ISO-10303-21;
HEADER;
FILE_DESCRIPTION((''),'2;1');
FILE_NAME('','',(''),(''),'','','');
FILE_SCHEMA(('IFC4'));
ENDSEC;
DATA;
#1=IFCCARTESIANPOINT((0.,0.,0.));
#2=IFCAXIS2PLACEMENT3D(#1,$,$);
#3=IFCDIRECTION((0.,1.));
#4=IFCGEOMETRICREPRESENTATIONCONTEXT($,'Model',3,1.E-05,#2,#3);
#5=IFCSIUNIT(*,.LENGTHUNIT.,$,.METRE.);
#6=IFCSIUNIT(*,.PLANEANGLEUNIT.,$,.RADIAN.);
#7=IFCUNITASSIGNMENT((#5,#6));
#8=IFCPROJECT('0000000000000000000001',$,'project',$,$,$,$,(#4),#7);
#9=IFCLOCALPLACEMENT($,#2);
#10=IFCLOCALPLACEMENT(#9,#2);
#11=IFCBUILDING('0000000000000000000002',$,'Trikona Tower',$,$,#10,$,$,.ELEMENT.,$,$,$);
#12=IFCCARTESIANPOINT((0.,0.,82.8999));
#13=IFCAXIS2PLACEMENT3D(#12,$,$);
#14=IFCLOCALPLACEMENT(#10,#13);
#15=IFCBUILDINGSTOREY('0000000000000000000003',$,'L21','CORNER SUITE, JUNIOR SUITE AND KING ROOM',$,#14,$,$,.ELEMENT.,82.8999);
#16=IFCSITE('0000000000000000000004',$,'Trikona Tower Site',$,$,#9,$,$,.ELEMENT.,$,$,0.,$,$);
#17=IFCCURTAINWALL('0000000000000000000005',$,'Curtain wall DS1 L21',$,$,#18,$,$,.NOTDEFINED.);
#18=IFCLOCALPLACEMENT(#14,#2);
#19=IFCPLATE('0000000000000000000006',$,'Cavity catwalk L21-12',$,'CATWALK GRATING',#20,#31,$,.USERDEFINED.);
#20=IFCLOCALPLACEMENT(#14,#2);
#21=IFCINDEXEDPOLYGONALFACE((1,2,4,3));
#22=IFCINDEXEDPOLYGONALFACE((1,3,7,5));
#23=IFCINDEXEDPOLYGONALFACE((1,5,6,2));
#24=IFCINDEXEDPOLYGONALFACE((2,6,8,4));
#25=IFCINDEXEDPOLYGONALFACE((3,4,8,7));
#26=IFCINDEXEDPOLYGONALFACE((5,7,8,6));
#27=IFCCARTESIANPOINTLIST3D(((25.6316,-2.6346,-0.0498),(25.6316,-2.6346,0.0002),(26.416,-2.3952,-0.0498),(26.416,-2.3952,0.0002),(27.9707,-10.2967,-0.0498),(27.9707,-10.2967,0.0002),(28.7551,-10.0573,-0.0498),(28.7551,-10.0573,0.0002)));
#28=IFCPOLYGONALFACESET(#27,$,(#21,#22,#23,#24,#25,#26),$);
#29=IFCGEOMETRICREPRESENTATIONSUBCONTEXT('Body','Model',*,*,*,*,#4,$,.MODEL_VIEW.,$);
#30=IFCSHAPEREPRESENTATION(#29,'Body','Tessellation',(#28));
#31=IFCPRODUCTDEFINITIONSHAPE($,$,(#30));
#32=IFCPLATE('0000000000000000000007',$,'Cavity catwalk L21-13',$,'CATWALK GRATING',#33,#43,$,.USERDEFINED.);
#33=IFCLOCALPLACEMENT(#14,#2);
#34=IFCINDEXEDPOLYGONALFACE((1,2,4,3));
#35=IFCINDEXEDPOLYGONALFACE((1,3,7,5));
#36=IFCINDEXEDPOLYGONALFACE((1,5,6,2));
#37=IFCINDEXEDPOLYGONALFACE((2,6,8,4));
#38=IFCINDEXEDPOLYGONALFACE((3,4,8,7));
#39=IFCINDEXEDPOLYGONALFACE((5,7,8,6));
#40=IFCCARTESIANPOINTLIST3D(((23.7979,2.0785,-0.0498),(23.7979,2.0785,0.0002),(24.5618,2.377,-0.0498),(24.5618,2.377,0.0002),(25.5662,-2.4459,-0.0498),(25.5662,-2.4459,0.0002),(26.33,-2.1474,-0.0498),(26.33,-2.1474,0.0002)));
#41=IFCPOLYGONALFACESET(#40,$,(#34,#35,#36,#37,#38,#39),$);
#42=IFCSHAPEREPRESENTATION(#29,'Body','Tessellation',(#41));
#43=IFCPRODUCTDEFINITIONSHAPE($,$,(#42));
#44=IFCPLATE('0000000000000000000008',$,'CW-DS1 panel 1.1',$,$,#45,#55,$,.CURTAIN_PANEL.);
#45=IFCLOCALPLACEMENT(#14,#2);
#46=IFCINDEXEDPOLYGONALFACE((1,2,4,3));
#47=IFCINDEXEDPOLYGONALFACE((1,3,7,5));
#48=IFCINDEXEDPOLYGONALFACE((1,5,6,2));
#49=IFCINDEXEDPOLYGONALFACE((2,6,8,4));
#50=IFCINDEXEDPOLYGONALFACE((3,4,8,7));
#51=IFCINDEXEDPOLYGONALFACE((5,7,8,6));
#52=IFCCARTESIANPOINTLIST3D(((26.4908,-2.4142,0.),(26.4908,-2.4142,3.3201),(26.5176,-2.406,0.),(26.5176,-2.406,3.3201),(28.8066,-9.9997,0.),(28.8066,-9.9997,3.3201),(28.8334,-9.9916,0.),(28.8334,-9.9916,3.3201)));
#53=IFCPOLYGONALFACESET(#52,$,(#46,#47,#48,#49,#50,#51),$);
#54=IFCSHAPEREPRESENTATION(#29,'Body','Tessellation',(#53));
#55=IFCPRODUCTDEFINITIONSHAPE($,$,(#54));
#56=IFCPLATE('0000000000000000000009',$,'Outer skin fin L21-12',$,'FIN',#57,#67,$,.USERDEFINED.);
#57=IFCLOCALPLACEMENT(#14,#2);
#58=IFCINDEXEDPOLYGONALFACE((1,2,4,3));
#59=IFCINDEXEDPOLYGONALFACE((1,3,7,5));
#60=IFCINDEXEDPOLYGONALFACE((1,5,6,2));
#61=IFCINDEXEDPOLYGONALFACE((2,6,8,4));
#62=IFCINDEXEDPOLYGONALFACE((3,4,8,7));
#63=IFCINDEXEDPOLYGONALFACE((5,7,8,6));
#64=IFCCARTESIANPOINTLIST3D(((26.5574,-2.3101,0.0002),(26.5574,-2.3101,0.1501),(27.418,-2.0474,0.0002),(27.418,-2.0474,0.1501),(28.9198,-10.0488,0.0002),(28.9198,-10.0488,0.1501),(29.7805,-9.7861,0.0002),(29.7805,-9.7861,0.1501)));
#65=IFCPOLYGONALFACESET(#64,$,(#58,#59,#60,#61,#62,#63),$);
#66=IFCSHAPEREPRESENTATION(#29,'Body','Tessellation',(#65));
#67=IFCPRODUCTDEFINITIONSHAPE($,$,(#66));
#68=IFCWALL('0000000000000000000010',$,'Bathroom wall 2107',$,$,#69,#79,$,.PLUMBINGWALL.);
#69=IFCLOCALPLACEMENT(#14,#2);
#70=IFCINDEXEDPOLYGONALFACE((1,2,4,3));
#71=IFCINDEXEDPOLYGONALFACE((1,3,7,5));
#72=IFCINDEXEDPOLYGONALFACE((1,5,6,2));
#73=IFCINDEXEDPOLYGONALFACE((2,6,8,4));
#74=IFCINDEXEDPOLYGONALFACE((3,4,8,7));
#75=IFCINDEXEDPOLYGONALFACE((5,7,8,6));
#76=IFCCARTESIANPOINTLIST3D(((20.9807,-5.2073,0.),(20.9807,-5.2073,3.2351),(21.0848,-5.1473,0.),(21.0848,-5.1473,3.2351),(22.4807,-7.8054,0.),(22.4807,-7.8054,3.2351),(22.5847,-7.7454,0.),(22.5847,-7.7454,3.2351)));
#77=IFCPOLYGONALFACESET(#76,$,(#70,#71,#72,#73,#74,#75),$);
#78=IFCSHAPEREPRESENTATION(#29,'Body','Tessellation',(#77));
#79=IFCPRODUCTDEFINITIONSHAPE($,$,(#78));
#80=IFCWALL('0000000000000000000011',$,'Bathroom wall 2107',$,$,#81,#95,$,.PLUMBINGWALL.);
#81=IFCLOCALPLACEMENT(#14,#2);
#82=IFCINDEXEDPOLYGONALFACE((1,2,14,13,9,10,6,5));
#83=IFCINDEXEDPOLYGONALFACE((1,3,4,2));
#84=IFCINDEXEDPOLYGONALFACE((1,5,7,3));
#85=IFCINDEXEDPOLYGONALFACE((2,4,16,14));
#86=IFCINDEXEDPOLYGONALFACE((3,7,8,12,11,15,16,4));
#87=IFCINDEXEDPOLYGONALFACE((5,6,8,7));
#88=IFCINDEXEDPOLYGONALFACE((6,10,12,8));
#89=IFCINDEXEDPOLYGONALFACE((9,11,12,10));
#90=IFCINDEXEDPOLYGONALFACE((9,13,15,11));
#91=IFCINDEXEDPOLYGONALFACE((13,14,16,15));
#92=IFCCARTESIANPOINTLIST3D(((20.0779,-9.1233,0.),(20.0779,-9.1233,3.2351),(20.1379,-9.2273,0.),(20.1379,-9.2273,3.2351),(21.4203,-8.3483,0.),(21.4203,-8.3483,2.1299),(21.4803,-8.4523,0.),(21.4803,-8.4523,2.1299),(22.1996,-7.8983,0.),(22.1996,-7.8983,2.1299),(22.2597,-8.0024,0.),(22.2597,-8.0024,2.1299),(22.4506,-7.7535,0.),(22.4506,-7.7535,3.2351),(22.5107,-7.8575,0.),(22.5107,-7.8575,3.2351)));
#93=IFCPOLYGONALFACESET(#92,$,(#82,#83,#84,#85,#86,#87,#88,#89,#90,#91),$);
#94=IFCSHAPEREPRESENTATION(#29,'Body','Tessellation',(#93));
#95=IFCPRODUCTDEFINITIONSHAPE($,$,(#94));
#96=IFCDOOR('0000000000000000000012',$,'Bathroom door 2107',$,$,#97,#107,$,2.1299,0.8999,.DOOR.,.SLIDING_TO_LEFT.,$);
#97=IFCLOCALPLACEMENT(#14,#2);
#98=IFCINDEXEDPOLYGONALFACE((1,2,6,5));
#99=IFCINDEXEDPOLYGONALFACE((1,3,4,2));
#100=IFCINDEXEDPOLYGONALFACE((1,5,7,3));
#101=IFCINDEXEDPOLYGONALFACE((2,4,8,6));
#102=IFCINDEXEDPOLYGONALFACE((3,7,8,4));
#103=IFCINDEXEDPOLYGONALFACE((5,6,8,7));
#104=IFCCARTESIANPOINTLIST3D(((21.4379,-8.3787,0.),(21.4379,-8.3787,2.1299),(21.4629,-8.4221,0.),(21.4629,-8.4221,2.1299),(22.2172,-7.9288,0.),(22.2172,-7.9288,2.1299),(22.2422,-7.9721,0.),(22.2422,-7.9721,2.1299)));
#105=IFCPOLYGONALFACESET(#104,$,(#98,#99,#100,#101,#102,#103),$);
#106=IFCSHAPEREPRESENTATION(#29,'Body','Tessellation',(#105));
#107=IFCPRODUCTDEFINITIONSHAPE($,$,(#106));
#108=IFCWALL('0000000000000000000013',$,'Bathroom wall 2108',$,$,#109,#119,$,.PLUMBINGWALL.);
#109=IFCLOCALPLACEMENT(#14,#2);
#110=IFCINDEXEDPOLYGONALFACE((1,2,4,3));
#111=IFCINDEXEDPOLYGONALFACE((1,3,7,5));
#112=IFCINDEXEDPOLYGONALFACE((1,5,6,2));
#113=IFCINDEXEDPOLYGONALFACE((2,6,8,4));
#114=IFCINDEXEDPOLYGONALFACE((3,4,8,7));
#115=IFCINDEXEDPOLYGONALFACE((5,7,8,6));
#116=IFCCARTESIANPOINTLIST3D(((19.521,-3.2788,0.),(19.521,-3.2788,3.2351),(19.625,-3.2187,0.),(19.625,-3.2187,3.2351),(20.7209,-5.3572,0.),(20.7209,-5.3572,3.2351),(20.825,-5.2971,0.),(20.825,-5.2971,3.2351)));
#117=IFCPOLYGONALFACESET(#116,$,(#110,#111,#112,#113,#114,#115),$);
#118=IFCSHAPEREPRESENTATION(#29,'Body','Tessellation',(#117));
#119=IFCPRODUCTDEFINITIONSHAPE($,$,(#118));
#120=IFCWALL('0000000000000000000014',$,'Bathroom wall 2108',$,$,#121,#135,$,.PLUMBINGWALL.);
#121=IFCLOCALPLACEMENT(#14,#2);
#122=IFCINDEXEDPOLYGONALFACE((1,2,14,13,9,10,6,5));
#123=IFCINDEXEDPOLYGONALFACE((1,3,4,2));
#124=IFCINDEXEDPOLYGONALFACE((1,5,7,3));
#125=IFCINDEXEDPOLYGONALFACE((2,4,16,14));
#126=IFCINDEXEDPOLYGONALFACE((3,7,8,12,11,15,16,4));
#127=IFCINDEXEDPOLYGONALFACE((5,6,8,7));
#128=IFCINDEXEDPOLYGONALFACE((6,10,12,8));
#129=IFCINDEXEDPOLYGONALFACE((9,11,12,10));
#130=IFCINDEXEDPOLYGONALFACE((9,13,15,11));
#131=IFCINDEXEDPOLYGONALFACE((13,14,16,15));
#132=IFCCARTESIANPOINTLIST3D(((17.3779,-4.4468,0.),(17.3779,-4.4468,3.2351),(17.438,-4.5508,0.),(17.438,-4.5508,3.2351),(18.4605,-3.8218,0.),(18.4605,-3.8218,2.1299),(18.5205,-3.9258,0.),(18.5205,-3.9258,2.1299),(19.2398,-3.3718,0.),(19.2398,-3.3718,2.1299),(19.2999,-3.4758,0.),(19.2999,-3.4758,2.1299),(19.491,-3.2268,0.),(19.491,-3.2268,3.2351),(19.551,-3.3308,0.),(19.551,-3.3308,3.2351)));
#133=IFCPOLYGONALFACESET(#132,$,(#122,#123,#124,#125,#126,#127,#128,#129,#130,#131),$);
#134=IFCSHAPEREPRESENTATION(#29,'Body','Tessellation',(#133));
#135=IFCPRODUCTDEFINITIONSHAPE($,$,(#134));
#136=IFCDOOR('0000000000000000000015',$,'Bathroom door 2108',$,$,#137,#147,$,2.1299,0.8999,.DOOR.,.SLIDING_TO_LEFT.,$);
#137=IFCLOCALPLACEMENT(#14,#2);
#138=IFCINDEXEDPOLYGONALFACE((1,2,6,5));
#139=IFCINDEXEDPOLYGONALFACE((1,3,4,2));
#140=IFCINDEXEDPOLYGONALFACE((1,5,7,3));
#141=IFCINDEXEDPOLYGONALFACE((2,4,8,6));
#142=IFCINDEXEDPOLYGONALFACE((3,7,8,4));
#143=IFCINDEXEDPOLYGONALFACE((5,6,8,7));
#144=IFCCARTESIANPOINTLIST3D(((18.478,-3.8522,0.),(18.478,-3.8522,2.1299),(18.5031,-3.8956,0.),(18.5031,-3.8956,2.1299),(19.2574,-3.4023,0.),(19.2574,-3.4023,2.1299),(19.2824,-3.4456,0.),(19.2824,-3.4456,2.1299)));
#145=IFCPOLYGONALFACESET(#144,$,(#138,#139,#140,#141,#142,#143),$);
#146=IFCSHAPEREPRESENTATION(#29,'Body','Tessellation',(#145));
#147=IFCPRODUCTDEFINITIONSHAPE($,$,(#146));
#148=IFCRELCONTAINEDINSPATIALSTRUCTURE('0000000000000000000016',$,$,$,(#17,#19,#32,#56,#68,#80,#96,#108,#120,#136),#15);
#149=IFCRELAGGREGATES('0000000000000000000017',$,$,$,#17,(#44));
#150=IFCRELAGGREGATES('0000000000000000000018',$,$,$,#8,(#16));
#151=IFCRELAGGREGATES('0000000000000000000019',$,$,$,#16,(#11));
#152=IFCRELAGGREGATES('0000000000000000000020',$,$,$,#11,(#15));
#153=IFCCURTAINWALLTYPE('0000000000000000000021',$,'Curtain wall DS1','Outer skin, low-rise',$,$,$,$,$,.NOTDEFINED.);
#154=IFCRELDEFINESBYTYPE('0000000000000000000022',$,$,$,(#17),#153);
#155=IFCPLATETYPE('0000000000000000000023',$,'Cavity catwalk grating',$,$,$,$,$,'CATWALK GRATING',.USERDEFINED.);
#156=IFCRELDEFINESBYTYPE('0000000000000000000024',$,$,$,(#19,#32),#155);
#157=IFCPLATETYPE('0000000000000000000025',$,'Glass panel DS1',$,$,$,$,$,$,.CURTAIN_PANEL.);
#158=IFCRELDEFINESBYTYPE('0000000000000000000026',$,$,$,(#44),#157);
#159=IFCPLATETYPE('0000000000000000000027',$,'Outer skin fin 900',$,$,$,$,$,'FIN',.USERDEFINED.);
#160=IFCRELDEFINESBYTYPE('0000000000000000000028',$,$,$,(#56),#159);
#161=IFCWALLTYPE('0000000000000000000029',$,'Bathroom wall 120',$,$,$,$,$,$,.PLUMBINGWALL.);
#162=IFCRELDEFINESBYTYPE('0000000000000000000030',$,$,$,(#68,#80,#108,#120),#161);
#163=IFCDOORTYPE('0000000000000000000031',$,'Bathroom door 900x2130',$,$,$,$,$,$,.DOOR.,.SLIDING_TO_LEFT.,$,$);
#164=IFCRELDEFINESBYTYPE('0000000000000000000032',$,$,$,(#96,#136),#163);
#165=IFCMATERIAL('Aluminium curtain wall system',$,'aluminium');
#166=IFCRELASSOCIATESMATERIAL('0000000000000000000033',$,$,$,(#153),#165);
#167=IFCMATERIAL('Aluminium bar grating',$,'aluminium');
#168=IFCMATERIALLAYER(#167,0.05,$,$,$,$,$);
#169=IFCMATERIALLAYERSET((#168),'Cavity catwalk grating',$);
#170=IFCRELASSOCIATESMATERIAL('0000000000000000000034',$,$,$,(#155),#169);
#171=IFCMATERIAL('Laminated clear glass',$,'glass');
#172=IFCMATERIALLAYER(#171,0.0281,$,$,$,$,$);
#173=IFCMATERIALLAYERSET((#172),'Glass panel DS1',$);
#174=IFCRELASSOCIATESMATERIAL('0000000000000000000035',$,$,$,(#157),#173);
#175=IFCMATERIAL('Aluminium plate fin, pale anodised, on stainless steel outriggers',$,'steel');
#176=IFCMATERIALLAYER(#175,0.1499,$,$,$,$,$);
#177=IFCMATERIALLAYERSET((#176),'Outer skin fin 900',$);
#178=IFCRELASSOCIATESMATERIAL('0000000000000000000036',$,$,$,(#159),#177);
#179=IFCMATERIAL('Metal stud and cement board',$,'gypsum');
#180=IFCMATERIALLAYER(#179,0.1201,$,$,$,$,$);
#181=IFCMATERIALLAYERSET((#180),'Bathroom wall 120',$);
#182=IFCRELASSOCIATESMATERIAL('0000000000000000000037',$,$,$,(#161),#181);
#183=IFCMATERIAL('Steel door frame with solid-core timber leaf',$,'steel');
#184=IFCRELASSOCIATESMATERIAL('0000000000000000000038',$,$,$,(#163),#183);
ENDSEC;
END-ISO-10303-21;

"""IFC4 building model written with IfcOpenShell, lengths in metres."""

from ifc_helpers import new_model, si_unit, direction, frame, frame_2d, origin, origin_2d, place, context, subcontext, project, spatial, rectangle, extrude, material, layer, layer_set, type_object, element, fill, aggregate, save


model = new_model("IFC4")

# Units and contexts
model_context = context("Model", 3, precision=1e-05, world=origin(), true_north=direction((0.0, 1.0)))
body_context = subcontext(model_context, "Body", "Model", "MODEL_VIEW")
ifc_project = project(units=[si_unit("LENGTHUNIT", "METRE"), si_unit("PLANEANGLEUNIT", "RADIAN")], contexts=[model_context])

# Site, building, storey
site_placement = place(None, origin())
site = spatial("IfcSite", under=ifc_project, at=site_placement, Name="Trikona Tower Site", CompositionType="ELEMENT", RefElevation=0.0)
building_placement = place(site_placement, origin())
building = spatial("IfcBuilding", under=site, at=building_placement, Name="Trikona Tower", CompositionType="ELEMENT")
storey_placement = place(building_placement, frame((0.0, 0.0, 82.8999)))
storey = spatial("IfcBuildingStorey", under=building, at=storey_placement, Name="L21", Description="CORNER SUITE, JUNIOR SUITE AND KING ROOM", CompositionType="ELEMENT", Elevation=82.8999)

# Curtain wall
ifc_material_1 = material(Name="Aluminium curtain wall system", Category="aluminium")
curtain_wall_type = type_object("IfcCurtainWallType", Name="Curtain wall DS1", Description="Outer skin, low-rise", PredefinedType="NOTDEFINED", material=ifc_material_1)
curtain_wall_1_placement = place(storey_placement, origin())
curtain_wall_1 = element("IfcCurtainWall", 1, at=curtain_wall_1_placement, inside=storey, type_object=curtain_wall_type, Name="Curtain wall DS1 L21", PredefinedType="NOTDEFINED")

# Plates
ifc_material_2 = material(Name="Aluminium bar grating", Category="aluminium")
ifc_layer_1 = layer(ifc_material_2, 0.05)
ifc_layer_set_1 = layer_set([ifc_layer_1], Name="Cavity catwalk grating")
plate_type_1 = type_object("IfcPlateType", Name="Cavity catwalk grating", ElementType="CATWALK GRATING", PredefinedType="USERDEFINED", material=ifc_layer_set_1)
plate_1_placement = place(storey_placement, frame((27.1934, -6.3459, -0.0498), z_axis=(0.0, 0.0, 1.0), x_axis=(-0.291979, 0.956425, 0.0)))
element("IfcPlate", 2, at=plate_1_placement, inside=storey, type_object=plate_type_1, Name="Cavity catwalk L21-12", ObjectType="CATWALK GRATING", PredefinedType="USERDEFINED", context=body_context, shape_type="SweptSolid", body=[
    extrude(rectangle(XDim=8.0112, YDim=0.8201, at=origin_2d()), origin(), (0.0, 0.0, 1.0), 0.05),
])
plate_2_placement = place(storey_placement, frame((25.064, -0.0344, -0.0498), z_axis=(0.0, 0.0, 1.0), x_axis=(-0.364009, 0.931395, 0.0)))
element("IfcPlate", 3, at=plate_2_placement, inside=storey, type_object=plate_type_1, Name="Cavity catwalk L21-13", ObjectType="CATWALK GRATING", PredefinedType="USERDEFINED", context=body_context, shape_type="SweptSolid", body=[
    extrude(rectangle(XDim=4.8577, YDim=0.8201, at=origin_2d()), origin(), (0.0, 0.0, 1.0), 0.05),
])

# Plates
ifc_material_3 = material(Name="Laminated clear glass", Category="glass")
ifc_layer_2 = layer(ifc_material_3, 0.0281)
ifc_layer_set_2 = layer_set([ifc_layer_2], Name="Glass panel DS1")
plate_type_2 = type_object("IfcPlateType", Name="Glass panel DS1", PredefinedType="CURTAIN_PANEL", material=ifc_layer_set_2)
plate_3_placement = place(storey_placement, frame((27.6621, -6.2029, 0.0), z_axis=(0.0, 0.0, 1.0), x_axis=(-0.291984, 0.956423, 0.0)))
plate_3 = element("IfcPlate", 4, at=plate_3_placement, type_object=plate_type_2, Name="CW-DS1 panel 1.1", PredefinedType="CURTAIN_PANEL", context=body_context, shape_type="SweptSolid", body=[
    extrude(rectangle(XDim=7.9312, YDim=0.0281, at=origin_2d()), origin(), (0.0, 0.0, 1.0), 3.3201),
])
aggregate(curtain_wall_1, [plate_3])
ifc_material_4 = material(Name="Aluminium plate fin, pale anodised, on stainless steel outriggers", Category="steel")
ifc_layer_3 = layer(ifc_material_4, 0.1499)
ifc_layer_set_3 = layer_set([ifc_layer_3], Name="Outer skin fin 900")
plate_type_3 = type_object("IfcPlateType", Name="Outer skin fin 900", ElementType="FIN", PredefinedType="USERDEFINED", material=ifc_layer_set_3)
plate_4_placement = place(storey_placement, frame((28.1689, -6.0481, 0.0002), z_axis=(0.0, 0.0, 1.0), x_axis=(-0.291979, 0.956425, 0.0)))
element("IfcPlate", 5, at=plate_4_placement, inside=storey, type_object=plate_type_3, Name="Outer skin fin L21-12", ObjectType="FIN", PredefinedType="USERDEFINED", context=body_context, shape_type="SweptSolid", body=[
    extrude(rectangle(XDim=8.0913, YDim=0.8999, at=origin_2d()), origin(), (0.0, 0.0, 1.0), 0.1499),
])

# Wall
ifc_material_5 = material(Name="Metal stud and cement board", Category="gypsum")
ifc_layer_4 = layer(ifc_material_5, 0.1201)
ifc_layer_set_4 = layer_set([ifc_layer_4], Name="Bathroom wall 120")
wall_type_1 = type_object("IfcWallType", Name="Bathroom wall 120", PredefinedType="PLUMBINGWALL", material=ifc_layer_set_4)
wall_1_placement = place(storey_placement, frame((22.5327, -7.7754, 0.0), z_axis=(0.0, 0.0, 1.0), x_axis=(-0.49999, 0.866031, 0.0)))
element("IfcWall", 6, at=wall_1_placement, inside=storey, type_object=wall_type_1, Name="Bathroom wall 2107", PredefinedType="PLUMBINGWALL", context=body_context, shape_type="SweptSolid", body=[
    extrude(rectangle(XDim=3.0, YDim=0.1201, at=frame_2d((1.5, 0.0))), origin(), (0.0, 0.0, 1.0), 3.2351),
])

# Wall, opening, door
wall_2_placement = place(storey_placement, frame((20.1079, -9.1753, 0.0), z_axis=(0.0, 0.0, 1.0), x_axis=(0.866036, 0.499982, 0.0)))
wall_2 = element("IfcWall", 7, at=wall_2_placement, inside=storey, type_object=wall_type_1, Name="Bathroom wall 2107", PredefinedType="PLUMBINGWALL", context=body_context, shape_type="SweptSolid", body=[
    extrude(rectangle(XDim=2.7397, YDim=0.1201, at=frame_2d((1.3699, 0.0))), origin(), (0.0, 0.0, 1.0), 3.2351),
])
opening_1_placement = place(wall_2_placement, frame((1.55, 0.0, 0.0)))
opening_1 = element("IfcOpeningElement", 8, at=opening_1_placement, cuts=wall_2, PredefinedType="OPENING", context=body_context, shape_type="SweptSolid", body=[
    extrude(rectangle(XDim=0.8999, YDim=2.1299, at=frame_2d((0.45, 1.0649))), frame((0.0, 0.0701, 0.0), z_axis=(0.0, -1.0, 0.0), x_axis=(1.0, 0.0, 0.0)), (0.0, 0.0, 1.0), 0.1401),
])
ifc_material_6 = material(Name="Steel door frame with solid-core timber leaf", Category="steel")
door_type_1 = type_object("IfcDoorType", Name="Bathroom door 900x2130", OperationType="SLIDING_TO_LEFT", PredefinedType="DOOR", material=ifc_material_6)
door_1_placement = place(opening_1_placement, origin())
door_1 = element("IfcDoor", 9, at=door_1_placement, inside=storey, type_object=door_type_1, Name="Bathroom door 2107", OperationType="SLIDING_TO_LEFT", OverallHeight=2.1299, OverallWidth=0.8999, PredefinedType="DOOR", context=body_context, shape_type="SweptSolid", body=[
    extrude(rectangle(XDim=0.8999, YDim=2.1299, at=frame_2d((0.45, 1.0649))), frame((0.0, 0.0249, 0.0), z_axis=(0.0, -1.0, 0.0), x_axis=(1.0, 0.0, 0.0)), (0.0, 0.0, 1.0), 0.05),
])
fill(opening_1, door_1)

# Wall
wall_3_placement = place(storey_placement, frame((20.7729, -5.3271, 0.0), z_axis=(0.0, 0.0, 1.0), x_axis=(-0.500001, 0.866025, 0.0)))
element("IfcWall", 10, at=wall_3_placement, inside=storey, type_object=wall_type_1, Name="Bathroom wall 2108", PredefinedType="PLUMBINGWALL", context=body_context, shape_type="SweptSolid", body=[
    extrude(rectangle(XDim=2.3999, YDim=0.1201, at=frame_2d((1.2, 0.0))), origin(), (0.0, 0.0, 1.0), 3.2351),
])

# Wall, opening, door
wall_4_placement = place(storey_placement, frame((17.408, -4.4988, 0.0), z_axis=(0.0, 0.0, 1.0), x_axis=(0.866024, 0.500003, 0.0)))
wall_4 = element("IfcWall", 11, at=wall_4_placement, inside=storey, type_object=wall_type_1, Name="Bathroom wall 2108", PredefinedType="PLUMBINGWALL", context=body_context, shape_type="SweptSolid", body=[
    extrude(rectangle(XDim=2.4399, YDim=0.1201, at=frame_2d((1.22, 0.0))), origin(), (0.0, 0.0, 1.0), 3.2351),
])
opening_2_placement = place(wall_4_placement, frame((1.25, 0.0, 0.0)))
opening_2 = element("IfcOpeningElement", 12, at=opening_2_placement, cuts=wall_4, PredefinedType="OPENING", context=body_context, shape_type="SweptSolid", body=[
    extrude(rectangle(XDim=0.8999, YDim=2.1299, at=frame_2d((0.45, 1.0649))), frame((0.0, 0.0701, 0.0), z_axis=(0.0, -1.0, 0.0), x_axis=(1.0, 0.0, 0.0)), (0.0, 0.0, 1.0), 0.1401),
])
door_2_placement = place(opening_2_placement, origin())
door_2 = element("IfcDoor", 13, at=door_2_placement, inside=storey, type_object=door_type_1, Name="Bathroom door 2108", OperationType="SLIDING_TO_LEFT", OverallHeight=2.1299, OverallWidth=0.8999, PredefinedType="DOOR", context=body_context, shape_type="SweptSolid", body=[
    extrude(rectangle(XDim=0.8999, YDim=2.1299, at=frame_2d((0.45, 1.0649))), frame((0.0, 0.0249, 0.0), z_axis=(0.0, -1.0, 0.0), x_axis=(1.0, 0.0, 0.0)), (0.0, 0.0, 1.0), 0.05),
])
fill(opening_2, door_2)

save(model, "model.ifc")
